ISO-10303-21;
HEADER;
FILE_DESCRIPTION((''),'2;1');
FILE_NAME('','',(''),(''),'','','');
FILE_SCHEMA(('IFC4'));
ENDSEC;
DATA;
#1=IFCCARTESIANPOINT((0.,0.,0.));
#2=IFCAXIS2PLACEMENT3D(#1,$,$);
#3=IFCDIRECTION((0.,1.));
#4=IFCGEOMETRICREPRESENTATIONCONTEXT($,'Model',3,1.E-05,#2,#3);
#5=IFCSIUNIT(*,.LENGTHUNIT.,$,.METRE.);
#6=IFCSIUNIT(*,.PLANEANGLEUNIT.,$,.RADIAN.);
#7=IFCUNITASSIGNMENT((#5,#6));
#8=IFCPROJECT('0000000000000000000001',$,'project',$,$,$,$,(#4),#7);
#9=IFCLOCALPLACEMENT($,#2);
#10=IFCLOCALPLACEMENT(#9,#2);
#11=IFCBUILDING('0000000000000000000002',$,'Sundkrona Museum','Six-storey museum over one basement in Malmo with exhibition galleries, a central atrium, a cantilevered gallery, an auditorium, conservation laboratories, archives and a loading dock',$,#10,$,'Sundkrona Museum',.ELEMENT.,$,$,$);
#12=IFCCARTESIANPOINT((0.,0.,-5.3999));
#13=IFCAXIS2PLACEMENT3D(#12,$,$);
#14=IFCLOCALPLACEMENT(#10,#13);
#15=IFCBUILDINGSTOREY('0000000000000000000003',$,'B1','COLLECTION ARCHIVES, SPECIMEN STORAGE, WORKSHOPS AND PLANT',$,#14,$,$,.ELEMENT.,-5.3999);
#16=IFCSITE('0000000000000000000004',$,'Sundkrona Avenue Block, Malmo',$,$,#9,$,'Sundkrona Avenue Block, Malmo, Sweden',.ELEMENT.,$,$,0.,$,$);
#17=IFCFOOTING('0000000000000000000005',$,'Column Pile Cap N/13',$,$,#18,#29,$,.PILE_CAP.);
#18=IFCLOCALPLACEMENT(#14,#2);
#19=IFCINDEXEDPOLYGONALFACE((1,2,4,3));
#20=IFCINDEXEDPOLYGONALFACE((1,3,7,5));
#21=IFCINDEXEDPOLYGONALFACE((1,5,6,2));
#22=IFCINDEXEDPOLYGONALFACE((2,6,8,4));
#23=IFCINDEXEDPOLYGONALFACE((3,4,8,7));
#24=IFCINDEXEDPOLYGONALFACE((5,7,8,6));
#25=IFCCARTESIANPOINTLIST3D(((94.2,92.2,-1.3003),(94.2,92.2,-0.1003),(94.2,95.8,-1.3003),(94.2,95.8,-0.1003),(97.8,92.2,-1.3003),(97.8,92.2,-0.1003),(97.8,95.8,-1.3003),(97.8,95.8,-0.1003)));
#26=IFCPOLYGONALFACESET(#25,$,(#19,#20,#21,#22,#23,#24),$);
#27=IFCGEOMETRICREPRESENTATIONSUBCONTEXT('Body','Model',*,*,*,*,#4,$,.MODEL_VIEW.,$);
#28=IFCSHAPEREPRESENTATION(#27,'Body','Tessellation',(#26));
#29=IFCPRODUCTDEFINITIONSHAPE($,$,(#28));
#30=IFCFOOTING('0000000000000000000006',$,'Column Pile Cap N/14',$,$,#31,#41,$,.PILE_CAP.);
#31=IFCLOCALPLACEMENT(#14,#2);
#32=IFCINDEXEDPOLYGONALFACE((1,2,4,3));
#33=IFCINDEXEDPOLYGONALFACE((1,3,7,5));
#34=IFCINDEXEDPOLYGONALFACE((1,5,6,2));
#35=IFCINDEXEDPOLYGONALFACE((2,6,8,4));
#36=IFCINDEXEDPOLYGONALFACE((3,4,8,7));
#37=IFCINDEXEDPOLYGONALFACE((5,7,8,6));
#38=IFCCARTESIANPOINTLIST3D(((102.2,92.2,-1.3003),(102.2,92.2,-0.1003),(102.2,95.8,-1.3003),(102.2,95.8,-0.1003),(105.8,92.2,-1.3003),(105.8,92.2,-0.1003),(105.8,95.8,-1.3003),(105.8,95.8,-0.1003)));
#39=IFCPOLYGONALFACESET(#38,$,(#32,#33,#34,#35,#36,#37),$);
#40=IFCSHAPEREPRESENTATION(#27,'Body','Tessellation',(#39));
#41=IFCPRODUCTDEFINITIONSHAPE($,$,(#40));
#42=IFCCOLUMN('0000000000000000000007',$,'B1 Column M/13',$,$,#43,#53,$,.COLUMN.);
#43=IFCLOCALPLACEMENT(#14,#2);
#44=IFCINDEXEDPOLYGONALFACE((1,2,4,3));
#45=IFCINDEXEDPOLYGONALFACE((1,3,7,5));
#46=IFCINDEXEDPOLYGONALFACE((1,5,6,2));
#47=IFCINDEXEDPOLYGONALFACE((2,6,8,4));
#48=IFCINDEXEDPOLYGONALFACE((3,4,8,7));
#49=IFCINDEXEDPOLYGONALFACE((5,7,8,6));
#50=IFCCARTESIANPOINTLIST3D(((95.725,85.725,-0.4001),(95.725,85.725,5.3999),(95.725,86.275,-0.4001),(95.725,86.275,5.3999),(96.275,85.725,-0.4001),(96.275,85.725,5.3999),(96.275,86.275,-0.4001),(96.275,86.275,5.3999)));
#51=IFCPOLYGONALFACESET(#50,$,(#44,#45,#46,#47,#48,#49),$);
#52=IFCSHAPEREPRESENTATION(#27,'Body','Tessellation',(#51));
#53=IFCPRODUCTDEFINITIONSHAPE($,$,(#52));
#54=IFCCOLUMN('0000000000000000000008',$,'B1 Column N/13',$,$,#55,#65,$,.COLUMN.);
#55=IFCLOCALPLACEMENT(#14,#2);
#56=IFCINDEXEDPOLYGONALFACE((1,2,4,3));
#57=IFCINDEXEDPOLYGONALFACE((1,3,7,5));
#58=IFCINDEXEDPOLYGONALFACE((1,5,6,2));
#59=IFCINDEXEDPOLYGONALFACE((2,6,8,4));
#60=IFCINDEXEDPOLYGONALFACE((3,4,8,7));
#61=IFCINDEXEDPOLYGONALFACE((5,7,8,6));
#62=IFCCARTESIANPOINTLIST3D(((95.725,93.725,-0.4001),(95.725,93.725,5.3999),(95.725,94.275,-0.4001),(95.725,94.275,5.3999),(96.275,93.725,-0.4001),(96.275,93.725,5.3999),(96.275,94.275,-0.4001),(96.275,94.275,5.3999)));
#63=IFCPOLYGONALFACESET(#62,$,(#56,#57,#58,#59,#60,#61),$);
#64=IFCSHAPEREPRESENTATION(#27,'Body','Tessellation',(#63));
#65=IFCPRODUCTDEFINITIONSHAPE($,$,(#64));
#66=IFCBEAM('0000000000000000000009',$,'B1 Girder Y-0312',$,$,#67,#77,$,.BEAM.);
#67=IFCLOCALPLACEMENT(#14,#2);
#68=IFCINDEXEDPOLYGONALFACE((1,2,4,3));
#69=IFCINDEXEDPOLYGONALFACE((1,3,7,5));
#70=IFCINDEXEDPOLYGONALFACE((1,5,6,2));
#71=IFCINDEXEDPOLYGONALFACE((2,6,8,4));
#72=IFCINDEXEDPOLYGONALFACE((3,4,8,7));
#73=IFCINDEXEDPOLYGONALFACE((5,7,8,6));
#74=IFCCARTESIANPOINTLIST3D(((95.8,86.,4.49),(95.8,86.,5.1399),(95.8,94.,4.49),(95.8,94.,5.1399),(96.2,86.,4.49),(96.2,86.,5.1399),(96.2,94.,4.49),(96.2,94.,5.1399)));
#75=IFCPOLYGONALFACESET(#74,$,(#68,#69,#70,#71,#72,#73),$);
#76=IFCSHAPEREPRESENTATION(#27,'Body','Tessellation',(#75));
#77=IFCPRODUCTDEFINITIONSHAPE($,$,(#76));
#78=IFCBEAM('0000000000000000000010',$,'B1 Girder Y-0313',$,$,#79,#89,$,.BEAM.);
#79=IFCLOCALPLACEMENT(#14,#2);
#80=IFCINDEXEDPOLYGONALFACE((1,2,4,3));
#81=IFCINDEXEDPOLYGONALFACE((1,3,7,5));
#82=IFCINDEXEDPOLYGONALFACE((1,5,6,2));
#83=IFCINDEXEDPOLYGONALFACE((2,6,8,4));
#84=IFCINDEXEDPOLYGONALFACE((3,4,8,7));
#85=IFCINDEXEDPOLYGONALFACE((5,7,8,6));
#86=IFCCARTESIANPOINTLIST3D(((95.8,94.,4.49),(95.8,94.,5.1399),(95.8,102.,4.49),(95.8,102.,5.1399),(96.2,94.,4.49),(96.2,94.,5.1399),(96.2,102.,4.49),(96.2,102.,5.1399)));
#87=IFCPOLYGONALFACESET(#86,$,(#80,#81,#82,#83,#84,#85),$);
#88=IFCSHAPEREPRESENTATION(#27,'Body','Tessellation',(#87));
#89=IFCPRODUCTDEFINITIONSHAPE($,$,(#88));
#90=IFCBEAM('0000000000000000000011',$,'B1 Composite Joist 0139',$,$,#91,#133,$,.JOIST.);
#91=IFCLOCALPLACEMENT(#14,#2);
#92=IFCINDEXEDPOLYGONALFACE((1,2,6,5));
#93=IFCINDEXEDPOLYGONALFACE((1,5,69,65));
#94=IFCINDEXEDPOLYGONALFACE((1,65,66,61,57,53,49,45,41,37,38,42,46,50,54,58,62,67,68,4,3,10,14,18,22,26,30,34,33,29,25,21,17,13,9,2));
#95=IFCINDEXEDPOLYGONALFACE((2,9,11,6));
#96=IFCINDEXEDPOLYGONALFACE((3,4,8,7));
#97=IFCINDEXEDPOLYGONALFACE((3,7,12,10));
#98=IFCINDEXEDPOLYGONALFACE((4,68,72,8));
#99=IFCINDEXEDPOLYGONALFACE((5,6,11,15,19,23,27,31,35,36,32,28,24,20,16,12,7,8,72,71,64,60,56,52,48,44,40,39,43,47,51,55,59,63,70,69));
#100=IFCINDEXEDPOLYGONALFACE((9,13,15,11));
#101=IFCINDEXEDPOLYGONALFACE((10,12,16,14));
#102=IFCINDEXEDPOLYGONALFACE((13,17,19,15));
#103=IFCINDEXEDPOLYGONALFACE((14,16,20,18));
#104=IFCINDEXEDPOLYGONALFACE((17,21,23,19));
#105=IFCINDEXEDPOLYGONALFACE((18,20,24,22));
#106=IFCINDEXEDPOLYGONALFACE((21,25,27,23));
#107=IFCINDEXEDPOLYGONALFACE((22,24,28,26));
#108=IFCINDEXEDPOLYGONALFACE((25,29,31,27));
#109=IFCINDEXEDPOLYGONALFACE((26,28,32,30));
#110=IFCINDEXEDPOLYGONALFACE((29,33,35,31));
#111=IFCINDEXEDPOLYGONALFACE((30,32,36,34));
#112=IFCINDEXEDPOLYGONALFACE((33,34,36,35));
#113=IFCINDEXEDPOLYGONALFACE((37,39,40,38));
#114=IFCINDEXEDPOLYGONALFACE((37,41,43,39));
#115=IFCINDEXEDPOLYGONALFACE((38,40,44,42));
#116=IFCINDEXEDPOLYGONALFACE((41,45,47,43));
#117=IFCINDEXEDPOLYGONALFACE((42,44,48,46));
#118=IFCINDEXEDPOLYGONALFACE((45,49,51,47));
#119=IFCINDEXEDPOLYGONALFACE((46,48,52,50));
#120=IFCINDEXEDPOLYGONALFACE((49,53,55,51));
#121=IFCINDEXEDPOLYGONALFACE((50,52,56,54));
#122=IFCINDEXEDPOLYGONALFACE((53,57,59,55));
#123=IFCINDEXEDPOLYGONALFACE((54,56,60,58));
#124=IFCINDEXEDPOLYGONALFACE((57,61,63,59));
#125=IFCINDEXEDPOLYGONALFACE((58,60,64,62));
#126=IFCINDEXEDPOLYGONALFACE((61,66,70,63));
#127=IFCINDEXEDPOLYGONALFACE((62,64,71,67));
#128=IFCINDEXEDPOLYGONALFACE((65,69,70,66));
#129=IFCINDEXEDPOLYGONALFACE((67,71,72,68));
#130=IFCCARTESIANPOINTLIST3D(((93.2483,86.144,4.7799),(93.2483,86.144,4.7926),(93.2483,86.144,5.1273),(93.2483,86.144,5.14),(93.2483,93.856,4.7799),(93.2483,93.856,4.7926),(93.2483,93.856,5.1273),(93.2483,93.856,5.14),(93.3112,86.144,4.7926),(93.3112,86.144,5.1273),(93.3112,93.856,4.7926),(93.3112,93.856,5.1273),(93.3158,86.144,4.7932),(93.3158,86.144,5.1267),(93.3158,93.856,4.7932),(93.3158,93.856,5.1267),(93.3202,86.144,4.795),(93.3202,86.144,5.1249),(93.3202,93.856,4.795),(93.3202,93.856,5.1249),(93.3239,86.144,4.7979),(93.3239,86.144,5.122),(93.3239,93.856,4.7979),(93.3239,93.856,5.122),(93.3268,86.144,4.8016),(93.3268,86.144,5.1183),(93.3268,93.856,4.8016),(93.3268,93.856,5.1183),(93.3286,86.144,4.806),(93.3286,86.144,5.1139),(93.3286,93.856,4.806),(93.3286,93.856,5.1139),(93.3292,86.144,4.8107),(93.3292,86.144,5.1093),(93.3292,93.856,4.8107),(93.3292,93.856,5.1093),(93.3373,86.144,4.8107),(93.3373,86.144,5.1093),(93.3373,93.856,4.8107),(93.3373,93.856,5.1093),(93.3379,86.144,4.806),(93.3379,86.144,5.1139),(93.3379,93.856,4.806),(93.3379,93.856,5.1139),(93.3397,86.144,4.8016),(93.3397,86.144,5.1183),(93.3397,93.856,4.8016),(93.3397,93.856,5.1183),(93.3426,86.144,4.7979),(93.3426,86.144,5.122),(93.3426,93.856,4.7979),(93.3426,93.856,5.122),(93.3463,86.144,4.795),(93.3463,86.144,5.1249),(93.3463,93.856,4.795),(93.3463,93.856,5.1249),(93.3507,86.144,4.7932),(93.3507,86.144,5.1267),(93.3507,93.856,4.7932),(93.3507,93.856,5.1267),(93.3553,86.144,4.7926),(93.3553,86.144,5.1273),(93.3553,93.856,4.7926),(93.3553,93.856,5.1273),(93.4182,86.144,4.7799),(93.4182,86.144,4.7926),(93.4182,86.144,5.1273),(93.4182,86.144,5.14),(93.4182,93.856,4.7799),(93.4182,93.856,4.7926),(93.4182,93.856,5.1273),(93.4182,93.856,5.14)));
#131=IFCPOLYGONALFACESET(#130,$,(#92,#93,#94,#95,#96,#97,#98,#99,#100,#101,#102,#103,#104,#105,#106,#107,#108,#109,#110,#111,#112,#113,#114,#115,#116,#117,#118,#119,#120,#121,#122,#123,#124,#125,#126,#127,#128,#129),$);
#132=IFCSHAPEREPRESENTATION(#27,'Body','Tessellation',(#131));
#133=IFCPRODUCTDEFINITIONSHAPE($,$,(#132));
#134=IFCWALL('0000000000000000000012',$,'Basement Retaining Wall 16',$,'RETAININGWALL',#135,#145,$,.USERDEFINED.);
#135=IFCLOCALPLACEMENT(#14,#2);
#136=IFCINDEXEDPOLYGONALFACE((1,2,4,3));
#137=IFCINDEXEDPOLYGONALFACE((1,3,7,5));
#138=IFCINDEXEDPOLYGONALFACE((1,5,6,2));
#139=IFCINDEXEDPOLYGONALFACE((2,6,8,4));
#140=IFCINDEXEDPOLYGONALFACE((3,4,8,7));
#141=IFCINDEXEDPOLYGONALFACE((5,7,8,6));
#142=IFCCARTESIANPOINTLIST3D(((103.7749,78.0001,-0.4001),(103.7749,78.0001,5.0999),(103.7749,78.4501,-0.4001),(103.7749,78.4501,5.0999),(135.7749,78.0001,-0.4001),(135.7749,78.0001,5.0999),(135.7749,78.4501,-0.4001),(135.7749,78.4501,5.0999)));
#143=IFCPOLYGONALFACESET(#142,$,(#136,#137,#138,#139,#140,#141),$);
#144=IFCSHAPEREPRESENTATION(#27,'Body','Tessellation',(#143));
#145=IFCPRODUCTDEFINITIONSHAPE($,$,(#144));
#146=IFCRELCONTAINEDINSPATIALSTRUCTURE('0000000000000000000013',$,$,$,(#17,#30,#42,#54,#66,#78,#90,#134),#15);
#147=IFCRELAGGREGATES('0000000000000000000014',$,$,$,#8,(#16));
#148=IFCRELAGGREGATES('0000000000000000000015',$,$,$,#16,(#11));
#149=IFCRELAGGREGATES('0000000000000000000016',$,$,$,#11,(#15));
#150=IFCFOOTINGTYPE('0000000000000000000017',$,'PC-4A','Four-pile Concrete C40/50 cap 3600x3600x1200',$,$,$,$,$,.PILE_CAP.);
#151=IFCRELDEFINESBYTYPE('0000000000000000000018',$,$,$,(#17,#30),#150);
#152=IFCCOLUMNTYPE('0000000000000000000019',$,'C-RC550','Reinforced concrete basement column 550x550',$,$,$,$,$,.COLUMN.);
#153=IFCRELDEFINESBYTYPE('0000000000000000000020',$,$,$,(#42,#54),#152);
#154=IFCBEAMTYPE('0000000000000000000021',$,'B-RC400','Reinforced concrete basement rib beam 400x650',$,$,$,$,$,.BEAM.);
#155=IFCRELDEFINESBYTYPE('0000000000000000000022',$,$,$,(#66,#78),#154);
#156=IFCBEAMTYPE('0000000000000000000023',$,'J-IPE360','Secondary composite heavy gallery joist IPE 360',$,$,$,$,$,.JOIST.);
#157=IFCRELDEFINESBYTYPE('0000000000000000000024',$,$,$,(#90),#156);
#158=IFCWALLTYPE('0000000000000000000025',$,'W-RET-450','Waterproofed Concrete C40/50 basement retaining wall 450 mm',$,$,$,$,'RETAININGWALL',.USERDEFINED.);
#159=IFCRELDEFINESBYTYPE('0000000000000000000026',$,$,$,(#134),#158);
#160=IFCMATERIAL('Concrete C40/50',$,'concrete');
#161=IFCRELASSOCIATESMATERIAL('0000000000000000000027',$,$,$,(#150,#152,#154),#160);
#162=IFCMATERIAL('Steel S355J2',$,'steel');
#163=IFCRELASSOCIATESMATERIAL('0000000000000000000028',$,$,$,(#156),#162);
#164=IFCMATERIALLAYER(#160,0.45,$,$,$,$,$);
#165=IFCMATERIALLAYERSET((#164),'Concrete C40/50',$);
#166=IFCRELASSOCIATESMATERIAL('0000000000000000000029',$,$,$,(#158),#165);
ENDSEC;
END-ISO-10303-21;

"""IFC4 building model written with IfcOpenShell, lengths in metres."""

from ifc_helpers import new_model, si_unit, direction, frame, frame_2d, origin, origin_2d, place, context, subcontext, project, spatial, rectangle, i_section, extrude, material, layer, layer_set, material_profile, profile_set, type_object, element, save


model = new_model("IFC4")

# Units and contexts
model_context = context("Model", 3, precision=1e-05, world=origin(), true_north=direction((0.0, 1.0)))
body_context = subcontext(model_context, "Body", "Model", "MODEL_VIEW")
ifc_project = project(units=[si_unit("LENGTHUNIT", "METRE"), si_unit("PLANEANGLEUNIT", "RADIAN")], contexts=[model_context])

# Site, building, storey
site_placement = place(None, origin())
site = spatial("IfcSite", under=ifc_project, at=site_placement, Name="Sundkrona Avenue Block, Malmo", LongName="Sundkrona Avenue Block, Malmo, Sweden", CompositionType="ELEMENT", RefElevation=0.0)
building_placement = place(site_placement, origin())
building = spatial("IfcBuilding", under=site, at=building_placement, Name="Sundkrona Museum", Description="Six-storey museum over one basement in Malmo with exhibition galleries, a central atrium, a cantilevered gallery, an auditorium, conservation laboratories, archives and a loading dock", LongName="Sundkrona Museum", CompositionType="ELEMENT")
storey_placement = place(building_placement, frame((0.0, 0.0, -5.3999)))
storey = spatial("IfcBuildingStorey", under=building, at=storey_placement, Name="B1", Description="COLLECTION ARCHIVES, SPECIMEN STORAGE, WORKSHOPS AND PLANT", CompositionType="ELEMENT", Elevation=-5.3999)

# Shared definitions
ifc_material_1 = material(Name="Concrete C40/50", Category="concrete")

# Footings
footing_type_1 = type_object("IfcFootingType", Name="PC-4A", Description="Four-pile Concrete C40/50 cap 3600x3600x1200", PredefinedType="PILE_CAP", material=ifc_material_1)
for number, where, z_axis, x_axis, name in (
    (1, (96.0, 94.0, -1.3003), (0.0, 0.0, 1.0), (1.0, 0.0, 0.0), "Column Pile Cap N/13"),
    (2, (104.0, 94.0, -1.3003), (0.0, 0.0, 1.0), (1.0, 0.0, 0.0), "Column Pile Cap N/14"),
):
    element("IfcFooting", number, at=place(storey_placement, frame(where, z_axis=z_axis, x_axis=x_axis)), inside=storey, type_object=footing_type_1, Name=name, PredefinedType="PILE_CAP", context=body_context, shape_type="SweptSolid", body=[
        extrude(rectangle(XDim=3.6001, YDim=3.6001, at=origin_2d()), origin(), (0.0, 0.0, 1.0), 1.2),
    ])

# Columns
ifc_material_profile_1 = material_profile(ifc_material_1, rectangle(XDim=0.55, YDim=0.55, at=origin_2d()), Name="RC 550x550")
ifc_profile_set_1 = profile_set([ifc_material_profile_1], Name="Concrete C40/50")
column_type = type_object("IfcColumnType", Name="C-RC550", Description="Reinforced concrete basement column 550x550", PredefinedType="COLUMN", material=ifc_profile_set_1)
for number, where, z_axis, x_axis, name in (
    (3, (96.0, 86.0, -0.4001), (0.0, 0.0, 1.0), (1.0, 0.0, 0.0), "B1 Column M/13"),
    (4, (96.0, 94.0, -0.4001), (0.0, 0.0, 1.0), (1.0, 0.0, 0.0), "B1 Column N/13"),
):
    element("IfcColumn", number, at=place(storey_placement, frame(where, z_axis=z_axis, x_axis=x_axis)), inside=storey, type_object=column_type, Name=name, PredefinedType="COLUMN", context=body_context, shape_type="SweptSolid", body=[
        extrude(rectangle(XDim=0.55, YDim=0.55, at=origin_2d()), origin(), (0.0, 0.0, 1.0), 5.8),
    ])

# Beams
ifc_material_profile_2 = material_profile(ifc_material_1, rectangle(XDim=0.3999, YDim=0.6499, at=origin_2d()), Name="RCB 400x650")
ifc_profile_set_2 = profile_set([ifc_material_profile_2], Name="Concrete C40/50")
beam_type_1 = type_object("IfcBeamType", Name="B-RC400", Description="Reinforced concrete basement rib beam 400x650", PredefinedType="BEAM", material=ifc_profile_set_2)
for number, where, z_axis, x_axis, name in (
    (5, (96.0, 86.0, 4.8149), (0.0, 1.0, 0.0), (-1.0, 0.0, 0.0), "B1 Girder Y-0312"),
    (6, (96.0, 94.0, 4.8149), (0.0, 1.0, 0.0), (-1.0, 0.0, 0.0), "B1 Girder Y-0313"),
):
    element("IfcBeam", number, at=place(storey_placement, frame(where, z_axis=z_axis, x_axis=x_axis)), inside=storey, type_object=beam_type_1, Name=name, PredefinedType="BEAM", context=body_context, shape_type="SweptSolid", body=[
        extrude(rectangle(XDim=0.3999, YDim=0.6499, at=origin_2d()), origin(), (0.0, 0.0, 1.0), 8.0),
    ])
ifc_material_2 = material(Name="Steel S355J2", Category="steel")
ifc_material_profile_3 = material_profile(ifc_material_2, i_section(OverallWidth=0.1699, OverallDepth=0.3601, WebThickness=0.0081, FlangeThickness=0.0127, FilletRadius=0.0181, at=origin_2d()), Name="IPE 360")
ifc_profile_set_3 = profile_set([ifc_material_profile_3], Name="Steel S355J2")
beam_type_2 = type_object("IfcBeamType", Name="J-IPE360", Description="Secondary composite heavy gallery joist IPE 360", PredefinedType="JOIST", material=ifc_profile_set_3)
beam_placement = place(storey_placement, frame((93.3333, 86.144, 4.96), z_axis=(0.0, 1.0, 0.0), x_axis=(-1.0, 0.0, 0.0)))
element("IfcBeam", 7, at=beam_placement, inside=storey, type_object=beam_type_2, Name="B1 Composite Joist 0139", PredefinedType="JOIST", context=body_context, shape_type="SweptSolid", body=[
    extrude(i_section(OverallWidth=0.1699, OverallDepth=0.3601, WebThickness=0.0081, FlangeThickness=0.0127, FilletRadius=0.0181, at=origin_2d()), origin(), (0.0, 0.0, 1.0), 7.7119),
])

# Wall
ifc_layer = layer(ifc_material_1, 0.45)
ifc_layer_set = layer_set([ifc_layer], Name="Concrete C40/50")
wall_type = type_object("IfcWallType", Name="W-RET-450", Description="Waterproofed Concrete C40/50 basement retaining wall 450 mm", ElementType="RETAININGWALL", PredefinedType="USERDEFINED", material=ifc_layer_set)
wall_placement = place(storey_placement, frame((103.7749, 78.2251, -0.4001), z_axis=(0.0, 0.0, 1.0), x_axis=(1.0, 0.0, 0.0)))
element("IfcWall", 8, at=wall_placement, inside=storey, type_object=wall_type, Name="Basement Retaining Wall 16", ObjectType="RETAININGWALL", PredefinedType="USERDEFINED", context=body_context, shape_type="SweptSolid", body=[
    extrude(rectangle(XDim=32.0, YDim=0.45, at=frame_2d((16.0, 0.0))), origin(), (0.0, 0.0, 1.0), 5.5),
])

save(model, "model.ifc")
